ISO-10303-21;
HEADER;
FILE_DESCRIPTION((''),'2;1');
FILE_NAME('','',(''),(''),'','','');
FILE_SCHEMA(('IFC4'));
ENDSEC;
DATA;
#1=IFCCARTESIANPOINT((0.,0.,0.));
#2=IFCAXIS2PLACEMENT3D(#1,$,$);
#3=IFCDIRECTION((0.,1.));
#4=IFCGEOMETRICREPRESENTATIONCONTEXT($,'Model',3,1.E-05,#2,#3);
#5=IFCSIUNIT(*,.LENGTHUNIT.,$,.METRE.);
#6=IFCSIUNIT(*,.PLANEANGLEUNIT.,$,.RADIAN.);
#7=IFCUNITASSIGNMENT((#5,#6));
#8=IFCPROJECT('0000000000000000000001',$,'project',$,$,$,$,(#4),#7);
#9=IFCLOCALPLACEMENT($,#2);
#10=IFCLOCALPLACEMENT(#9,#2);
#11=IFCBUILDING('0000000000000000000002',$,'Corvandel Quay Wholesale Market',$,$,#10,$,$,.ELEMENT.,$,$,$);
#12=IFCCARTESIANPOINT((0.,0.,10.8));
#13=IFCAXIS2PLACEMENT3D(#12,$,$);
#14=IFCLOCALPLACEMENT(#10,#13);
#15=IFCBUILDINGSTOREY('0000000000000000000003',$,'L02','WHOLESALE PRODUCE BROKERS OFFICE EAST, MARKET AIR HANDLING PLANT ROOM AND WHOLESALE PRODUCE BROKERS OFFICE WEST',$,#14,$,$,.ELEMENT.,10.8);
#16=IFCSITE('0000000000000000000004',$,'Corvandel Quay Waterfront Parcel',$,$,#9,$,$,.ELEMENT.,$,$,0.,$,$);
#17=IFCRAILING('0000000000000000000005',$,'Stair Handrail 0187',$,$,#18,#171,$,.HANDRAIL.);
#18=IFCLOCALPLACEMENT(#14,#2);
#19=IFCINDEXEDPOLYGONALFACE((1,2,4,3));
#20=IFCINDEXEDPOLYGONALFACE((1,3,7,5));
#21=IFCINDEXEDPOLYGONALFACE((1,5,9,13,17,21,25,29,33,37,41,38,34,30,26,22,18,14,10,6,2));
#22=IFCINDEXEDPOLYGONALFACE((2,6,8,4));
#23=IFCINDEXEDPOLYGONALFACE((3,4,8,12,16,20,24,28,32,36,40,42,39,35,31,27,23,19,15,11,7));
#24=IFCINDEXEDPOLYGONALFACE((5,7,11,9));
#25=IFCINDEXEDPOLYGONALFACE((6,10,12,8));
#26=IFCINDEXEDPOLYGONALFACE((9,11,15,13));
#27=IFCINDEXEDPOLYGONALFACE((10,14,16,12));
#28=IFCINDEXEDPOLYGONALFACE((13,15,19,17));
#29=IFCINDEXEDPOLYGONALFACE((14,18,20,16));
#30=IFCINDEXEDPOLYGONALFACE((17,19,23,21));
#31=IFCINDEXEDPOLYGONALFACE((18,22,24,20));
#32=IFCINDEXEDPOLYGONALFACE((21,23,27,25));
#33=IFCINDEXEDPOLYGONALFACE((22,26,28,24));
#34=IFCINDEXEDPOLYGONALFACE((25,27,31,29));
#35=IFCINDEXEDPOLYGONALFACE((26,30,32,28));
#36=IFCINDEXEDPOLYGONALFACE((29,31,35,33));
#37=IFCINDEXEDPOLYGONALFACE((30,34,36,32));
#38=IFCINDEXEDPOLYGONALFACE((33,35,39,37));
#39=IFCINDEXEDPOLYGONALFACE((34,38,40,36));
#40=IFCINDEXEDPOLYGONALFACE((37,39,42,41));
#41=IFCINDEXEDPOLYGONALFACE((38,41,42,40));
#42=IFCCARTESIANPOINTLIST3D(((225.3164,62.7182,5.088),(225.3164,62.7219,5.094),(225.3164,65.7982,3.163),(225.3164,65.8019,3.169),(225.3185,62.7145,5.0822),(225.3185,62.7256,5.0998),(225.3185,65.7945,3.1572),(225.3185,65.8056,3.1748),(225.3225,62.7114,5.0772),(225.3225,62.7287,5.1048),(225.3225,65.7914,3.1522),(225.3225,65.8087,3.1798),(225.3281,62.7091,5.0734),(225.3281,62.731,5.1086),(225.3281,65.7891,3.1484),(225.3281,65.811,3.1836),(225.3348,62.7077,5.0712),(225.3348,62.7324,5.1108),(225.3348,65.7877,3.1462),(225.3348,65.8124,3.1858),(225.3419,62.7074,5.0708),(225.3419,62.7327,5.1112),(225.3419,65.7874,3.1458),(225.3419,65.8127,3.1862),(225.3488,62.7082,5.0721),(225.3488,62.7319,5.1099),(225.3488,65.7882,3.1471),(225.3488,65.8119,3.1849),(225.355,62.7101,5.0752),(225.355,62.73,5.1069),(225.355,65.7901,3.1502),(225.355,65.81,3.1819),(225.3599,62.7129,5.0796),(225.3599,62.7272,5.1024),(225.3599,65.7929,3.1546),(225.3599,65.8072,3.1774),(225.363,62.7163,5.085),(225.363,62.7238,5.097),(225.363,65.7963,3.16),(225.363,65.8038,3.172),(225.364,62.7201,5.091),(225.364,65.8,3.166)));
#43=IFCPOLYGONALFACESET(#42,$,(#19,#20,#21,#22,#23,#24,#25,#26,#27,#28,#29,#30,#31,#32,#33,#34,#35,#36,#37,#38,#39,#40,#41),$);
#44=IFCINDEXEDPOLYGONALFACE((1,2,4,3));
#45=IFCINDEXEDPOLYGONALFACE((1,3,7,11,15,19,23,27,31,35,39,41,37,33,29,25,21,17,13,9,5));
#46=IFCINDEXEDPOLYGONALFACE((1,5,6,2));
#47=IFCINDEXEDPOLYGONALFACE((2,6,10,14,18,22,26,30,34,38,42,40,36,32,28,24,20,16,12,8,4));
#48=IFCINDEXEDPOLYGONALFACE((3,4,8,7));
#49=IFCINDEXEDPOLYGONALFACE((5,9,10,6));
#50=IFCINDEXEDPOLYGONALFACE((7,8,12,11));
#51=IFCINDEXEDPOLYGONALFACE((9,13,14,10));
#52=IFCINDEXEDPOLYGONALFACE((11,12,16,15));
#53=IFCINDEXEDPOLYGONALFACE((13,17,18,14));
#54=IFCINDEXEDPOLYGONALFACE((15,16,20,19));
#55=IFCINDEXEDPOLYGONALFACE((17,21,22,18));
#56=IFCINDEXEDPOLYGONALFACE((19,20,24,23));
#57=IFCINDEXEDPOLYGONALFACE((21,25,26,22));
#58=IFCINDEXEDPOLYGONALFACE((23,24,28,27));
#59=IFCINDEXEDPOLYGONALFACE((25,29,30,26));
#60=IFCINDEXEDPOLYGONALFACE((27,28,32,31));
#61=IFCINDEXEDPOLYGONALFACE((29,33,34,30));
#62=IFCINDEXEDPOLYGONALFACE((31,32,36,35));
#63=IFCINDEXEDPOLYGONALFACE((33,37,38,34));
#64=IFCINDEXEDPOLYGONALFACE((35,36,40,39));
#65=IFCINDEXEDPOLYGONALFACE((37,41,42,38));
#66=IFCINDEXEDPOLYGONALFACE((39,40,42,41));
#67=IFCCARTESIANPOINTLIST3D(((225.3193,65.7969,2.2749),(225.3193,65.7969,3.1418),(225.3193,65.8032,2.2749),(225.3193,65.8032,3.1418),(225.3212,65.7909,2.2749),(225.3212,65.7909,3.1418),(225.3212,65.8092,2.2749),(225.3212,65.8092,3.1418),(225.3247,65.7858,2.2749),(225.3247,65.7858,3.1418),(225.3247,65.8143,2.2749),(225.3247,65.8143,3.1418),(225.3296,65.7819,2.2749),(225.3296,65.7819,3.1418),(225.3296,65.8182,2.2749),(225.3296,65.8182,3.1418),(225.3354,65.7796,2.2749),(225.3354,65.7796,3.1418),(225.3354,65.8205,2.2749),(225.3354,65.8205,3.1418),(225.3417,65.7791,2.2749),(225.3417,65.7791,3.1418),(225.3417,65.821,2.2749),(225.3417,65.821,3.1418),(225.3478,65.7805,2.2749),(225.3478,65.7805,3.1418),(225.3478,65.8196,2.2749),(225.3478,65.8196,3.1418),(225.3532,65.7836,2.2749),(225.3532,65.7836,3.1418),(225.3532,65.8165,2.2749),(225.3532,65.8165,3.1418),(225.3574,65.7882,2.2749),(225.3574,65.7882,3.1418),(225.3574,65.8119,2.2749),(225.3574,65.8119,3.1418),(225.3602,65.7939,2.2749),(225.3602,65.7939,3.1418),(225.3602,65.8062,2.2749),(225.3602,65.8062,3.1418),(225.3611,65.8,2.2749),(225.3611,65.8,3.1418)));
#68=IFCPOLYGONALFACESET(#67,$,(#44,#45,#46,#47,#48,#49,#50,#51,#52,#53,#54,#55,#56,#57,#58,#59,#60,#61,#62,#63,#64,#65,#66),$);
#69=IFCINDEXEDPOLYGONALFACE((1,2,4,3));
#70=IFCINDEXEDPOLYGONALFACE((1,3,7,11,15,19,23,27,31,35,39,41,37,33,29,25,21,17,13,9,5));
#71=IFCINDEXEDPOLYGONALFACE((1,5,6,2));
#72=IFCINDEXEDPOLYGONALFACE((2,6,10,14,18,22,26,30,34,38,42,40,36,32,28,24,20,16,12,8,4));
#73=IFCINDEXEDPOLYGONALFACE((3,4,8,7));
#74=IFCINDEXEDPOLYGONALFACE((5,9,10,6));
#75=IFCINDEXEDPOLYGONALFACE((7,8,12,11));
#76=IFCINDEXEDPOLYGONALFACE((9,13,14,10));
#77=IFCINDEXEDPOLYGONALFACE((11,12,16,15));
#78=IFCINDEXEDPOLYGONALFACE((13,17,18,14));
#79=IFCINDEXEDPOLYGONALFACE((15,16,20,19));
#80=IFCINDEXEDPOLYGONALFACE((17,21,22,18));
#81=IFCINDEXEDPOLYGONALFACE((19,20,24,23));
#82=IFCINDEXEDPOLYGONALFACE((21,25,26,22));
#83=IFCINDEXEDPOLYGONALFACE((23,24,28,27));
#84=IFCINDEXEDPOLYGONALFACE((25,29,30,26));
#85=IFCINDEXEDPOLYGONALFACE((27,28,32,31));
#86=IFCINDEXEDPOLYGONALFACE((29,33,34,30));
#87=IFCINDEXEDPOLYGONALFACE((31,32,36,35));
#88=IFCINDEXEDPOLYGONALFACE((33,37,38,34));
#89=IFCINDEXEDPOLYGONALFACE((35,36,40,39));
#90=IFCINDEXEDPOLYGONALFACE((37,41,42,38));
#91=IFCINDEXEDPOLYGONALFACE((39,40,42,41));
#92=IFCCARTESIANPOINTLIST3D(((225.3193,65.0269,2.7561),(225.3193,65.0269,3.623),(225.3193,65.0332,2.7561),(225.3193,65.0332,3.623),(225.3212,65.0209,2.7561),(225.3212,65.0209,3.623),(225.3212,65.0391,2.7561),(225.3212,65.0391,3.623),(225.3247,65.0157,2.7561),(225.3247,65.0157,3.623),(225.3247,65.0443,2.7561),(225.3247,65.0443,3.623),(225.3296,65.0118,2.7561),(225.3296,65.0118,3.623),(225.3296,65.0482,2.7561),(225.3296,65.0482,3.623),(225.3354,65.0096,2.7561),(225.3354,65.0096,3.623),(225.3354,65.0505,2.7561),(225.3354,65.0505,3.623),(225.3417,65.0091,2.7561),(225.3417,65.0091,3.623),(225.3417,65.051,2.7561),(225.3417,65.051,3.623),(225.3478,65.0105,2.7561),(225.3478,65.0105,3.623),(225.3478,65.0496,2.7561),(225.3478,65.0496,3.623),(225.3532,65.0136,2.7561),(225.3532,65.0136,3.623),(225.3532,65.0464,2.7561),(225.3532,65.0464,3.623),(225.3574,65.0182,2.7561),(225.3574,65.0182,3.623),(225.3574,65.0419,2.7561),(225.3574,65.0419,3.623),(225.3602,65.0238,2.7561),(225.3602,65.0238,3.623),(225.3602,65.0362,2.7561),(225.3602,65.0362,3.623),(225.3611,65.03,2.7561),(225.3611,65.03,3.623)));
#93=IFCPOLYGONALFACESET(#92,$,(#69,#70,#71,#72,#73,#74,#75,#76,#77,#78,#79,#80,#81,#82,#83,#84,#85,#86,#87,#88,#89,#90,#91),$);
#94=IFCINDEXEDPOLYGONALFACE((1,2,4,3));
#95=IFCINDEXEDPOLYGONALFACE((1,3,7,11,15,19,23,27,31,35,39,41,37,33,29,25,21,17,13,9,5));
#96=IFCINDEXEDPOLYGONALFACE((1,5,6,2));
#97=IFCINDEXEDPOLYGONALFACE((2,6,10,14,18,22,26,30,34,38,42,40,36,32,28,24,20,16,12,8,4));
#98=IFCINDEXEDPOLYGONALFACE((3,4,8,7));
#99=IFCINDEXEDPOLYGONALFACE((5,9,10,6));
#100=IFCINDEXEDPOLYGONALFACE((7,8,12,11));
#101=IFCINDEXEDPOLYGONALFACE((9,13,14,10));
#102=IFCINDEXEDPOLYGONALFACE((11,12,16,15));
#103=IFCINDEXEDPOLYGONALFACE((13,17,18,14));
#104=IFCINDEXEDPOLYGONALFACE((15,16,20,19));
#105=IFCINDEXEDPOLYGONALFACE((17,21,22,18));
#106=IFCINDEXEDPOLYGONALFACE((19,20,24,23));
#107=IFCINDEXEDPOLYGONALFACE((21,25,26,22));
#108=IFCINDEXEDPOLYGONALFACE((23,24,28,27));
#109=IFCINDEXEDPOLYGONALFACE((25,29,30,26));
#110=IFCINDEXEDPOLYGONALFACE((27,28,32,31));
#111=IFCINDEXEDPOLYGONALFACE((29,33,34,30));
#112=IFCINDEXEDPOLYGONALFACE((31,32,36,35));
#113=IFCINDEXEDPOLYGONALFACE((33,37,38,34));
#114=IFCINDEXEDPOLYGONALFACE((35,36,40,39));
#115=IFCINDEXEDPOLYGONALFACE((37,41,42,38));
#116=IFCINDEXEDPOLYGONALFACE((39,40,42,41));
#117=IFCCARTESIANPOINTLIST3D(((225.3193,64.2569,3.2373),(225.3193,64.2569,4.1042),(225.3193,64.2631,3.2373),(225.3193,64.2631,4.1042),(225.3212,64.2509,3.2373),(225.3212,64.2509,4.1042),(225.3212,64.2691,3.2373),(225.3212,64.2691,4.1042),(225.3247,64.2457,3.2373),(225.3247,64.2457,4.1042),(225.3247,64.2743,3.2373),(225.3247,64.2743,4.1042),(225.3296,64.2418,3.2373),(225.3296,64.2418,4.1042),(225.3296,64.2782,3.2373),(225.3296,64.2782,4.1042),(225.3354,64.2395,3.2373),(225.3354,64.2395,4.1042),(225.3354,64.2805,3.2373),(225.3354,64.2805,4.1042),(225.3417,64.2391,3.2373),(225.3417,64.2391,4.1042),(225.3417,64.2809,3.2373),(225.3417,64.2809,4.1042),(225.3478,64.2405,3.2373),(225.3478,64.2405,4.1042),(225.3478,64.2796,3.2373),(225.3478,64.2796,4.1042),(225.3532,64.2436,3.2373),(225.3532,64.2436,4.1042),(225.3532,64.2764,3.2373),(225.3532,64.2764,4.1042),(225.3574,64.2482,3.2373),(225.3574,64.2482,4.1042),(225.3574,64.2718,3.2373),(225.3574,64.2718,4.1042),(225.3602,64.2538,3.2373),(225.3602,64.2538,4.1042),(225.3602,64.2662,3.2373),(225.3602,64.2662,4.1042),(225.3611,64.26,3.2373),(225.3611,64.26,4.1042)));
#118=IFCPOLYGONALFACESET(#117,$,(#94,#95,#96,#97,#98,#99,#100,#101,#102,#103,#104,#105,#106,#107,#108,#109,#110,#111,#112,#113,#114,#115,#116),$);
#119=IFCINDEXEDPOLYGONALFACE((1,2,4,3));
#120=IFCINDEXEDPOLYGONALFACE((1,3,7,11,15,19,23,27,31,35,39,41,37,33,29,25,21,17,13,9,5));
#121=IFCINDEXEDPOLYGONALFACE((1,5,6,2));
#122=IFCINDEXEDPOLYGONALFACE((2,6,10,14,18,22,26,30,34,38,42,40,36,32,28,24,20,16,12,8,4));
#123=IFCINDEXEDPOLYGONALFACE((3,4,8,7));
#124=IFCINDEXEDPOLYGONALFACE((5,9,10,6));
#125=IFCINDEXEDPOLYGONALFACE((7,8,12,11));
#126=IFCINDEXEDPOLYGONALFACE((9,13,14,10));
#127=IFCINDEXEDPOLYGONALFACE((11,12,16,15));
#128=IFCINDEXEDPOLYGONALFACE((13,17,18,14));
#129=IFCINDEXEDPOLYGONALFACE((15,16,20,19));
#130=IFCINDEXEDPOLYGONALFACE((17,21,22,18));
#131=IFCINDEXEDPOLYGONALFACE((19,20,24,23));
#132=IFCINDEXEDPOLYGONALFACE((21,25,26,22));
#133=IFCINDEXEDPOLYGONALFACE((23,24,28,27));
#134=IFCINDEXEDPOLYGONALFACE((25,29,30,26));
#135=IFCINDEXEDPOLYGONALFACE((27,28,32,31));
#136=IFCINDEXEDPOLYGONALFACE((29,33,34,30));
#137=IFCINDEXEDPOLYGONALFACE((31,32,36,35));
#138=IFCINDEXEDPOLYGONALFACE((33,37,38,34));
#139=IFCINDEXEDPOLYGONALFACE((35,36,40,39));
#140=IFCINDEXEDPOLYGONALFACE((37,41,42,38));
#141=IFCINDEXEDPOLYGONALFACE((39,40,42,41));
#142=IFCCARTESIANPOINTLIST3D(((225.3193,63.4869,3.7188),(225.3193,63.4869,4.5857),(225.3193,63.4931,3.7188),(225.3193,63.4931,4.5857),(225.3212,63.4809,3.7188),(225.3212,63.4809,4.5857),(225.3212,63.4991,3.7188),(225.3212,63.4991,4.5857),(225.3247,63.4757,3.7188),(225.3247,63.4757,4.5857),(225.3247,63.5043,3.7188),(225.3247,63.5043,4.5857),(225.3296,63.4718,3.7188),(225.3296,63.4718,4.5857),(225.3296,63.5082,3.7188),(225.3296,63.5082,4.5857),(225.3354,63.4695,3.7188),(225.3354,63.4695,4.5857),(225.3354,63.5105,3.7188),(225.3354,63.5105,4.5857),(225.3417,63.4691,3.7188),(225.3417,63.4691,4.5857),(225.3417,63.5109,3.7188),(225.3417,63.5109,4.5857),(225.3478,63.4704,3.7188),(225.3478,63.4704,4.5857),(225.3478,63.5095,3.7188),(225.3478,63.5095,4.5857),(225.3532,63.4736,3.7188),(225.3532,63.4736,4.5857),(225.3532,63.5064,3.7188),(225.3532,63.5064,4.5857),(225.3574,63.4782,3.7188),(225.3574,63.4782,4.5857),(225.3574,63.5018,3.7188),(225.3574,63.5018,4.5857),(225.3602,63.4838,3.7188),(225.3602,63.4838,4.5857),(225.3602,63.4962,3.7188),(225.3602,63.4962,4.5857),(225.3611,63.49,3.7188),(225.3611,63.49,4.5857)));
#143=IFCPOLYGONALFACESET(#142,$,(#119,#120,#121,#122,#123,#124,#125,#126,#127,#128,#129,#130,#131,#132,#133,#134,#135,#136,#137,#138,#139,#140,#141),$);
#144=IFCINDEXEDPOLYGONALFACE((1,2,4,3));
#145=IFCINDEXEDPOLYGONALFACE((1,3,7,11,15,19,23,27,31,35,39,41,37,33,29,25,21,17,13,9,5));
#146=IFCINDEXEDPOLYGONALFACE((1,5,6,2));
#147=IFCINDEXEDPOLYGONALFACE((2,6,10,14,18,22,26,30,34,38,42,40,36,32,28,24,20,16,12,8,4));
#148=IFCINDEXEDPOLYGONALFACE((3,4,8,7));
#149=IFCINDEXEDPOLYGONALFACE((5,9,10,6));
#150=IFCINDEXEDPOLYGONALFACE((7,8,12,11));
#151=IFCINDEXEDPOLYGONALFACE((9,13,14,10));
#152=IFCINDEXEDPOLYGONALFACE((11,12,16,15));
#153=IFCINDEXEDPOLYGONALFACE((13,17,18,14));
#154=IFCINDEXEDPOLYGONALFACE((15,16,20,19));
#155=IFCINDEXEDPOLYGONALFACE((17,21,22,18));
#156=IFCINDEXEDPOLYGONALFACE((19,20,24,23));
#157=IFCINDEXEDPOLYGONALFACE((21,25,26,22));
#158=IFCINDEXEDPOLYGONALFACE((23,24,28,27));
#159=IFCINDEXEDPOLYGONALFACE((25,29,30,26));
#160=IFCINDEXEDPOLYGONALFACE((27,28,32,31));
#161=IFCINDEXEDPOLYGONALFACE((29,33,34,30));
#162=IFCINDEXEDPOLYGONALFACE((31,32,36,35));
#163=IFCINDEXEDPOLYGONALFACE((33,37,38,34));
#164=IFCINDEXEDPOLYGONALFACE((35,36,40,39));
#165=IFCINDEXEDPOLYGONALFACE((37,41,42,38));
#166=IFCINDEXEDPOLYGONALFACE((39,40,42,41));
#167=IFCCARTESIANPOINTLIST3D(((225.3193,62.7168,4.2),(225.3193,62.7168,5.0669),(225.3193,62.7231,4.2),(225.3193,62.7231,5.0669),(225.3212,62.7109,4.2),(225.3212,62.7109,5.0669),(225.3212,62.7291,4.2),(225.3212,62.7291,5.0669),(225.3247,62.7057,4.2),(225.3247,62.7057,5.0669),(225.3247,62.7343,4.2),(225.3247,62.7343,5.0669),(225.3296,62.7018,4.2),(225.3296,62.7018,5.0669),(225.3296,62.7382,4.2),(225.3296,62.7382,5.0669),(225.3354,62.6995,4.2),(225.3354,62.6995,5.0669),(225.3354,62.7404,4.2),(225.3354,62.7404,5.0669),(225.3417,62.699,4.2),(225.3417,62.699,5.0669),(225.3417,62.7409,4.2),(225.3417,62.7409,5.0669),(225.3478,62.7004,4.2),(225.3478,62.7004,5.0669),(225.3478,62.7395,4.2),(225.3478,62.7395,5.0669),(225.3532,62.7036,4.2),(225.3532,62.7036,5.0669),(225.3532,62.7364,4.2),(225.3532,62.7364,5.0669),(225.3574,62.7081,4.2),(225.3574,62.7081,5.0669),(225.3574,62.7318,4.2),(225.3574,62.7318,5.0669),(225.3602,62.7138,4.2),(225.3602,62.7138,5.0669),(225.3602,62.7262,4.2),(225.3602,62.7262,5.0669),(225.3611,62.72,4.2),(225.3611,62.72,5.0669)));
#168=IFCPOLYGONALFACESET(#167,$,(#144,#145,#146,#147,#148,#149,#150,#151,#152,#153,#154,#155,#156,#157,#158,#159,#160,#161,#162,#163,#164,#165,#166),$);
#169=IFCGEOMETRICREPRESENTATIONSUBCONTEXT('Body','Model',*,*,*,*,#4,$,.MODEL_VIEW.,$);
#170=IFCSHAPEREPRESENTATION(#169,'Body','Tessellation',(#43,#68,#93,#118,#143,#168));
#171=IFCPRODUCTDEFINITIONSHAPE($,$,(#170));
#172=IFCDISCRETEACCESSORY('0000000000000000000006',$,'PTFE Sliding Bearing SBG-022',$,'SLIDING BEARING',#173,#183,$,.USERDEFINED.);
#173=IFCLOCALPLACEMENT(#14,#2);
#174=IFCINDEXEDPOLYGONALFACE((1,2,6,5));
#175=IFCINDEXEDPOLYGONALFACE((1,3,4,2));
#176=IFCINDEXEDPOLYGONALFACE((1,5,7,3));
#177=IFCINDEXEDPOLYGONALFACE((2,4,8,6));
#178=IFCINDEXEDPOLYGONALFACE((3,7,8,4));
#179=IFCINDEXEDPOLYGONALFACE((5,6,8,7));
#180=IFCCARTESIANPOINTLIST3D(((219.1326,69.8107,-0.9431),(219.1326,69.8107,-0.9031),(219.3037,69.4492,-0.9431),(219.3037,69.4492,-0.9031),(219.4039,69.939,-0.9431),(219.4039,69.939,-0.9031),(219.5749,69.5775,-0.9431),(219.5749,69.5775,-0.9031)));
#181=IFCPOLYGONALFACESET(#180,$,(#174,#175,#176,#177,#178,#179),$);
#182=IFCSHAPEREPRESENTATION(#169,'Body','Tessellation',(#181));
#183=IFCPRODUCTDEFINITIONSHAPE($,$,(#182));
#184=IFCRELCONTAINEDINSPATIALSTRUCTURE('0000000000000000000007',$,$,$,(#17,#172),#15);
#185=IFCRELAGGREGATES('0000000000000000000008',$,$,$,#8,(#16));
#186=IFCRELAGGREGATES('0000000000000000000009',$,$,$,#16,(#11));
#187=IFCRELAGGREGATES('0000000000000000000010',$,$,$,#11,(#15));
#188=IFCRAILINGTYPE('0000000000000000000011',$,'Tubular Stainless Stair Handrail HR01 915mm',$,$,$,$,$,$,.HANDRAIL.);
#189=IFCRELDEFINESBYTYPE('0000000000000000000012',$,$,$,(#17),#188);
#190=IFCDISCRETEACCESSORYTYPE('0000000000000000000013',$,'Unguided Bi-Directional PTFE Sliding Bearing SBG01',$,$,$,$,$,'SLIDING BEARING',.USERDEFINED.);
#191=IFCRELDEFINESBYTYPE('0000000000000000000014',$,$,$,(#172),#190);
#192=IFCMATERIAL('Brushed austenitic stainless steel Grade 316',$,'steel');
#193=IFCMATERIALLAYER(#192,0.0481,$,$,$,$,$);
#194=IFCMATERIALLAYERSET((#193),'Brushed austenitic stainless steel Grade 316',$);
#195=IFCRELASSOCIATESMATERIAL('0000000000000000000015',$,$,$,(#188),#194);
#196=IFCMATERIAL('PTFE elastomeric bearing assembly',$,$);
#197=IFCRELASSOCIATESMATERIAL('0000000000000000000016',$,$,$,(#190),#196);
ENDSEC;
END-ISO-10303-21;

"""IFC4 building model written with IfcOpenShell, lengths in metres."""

from ifc_helpers import new_model, si_unit, direction, frame, origin, origin_2d, place, context, subcontext, project, spatial, rectangle, circle, extrude, material, layer, layer_set, type_object, element, save


model = new_model("IFC4")

# Units and contexts
model_context = context("Model", 3, precision=1e-05, world=origin(), true_north=direction((0.0, 1.0)))
body_context = subcontext(model_context, "Body", "Model", "MODEL_VIEW")
ifc_project = project(units=[si_unit("LENGTHUNIT", "METRE"), si_unit("PLANEANGLEUNIT", "RADIAN")], contexts=[model_context])

# Site, building, storey
site_placement = place(None, origin())
site = spatial("IfcSite", under=ifc_project, at=site_placement, Name="Corvandel Quay Waterfront Parcel", CompositionType="ELEMENT", RefElevation=0.0)
building_placement = place(site_placement, origin())
building = spatial("IfcBuilding", under=site, at=building_placement, Name="Corvandel Quay Wholesale Market", CompositionType="ELEMENT")
storey_placement = place(building_placement, frame((0.0, 0.0, 10.8)))
storey = spatial("IfcBuildingStorey", under=building, at=storey_placement, Name="L02", Description="WHOLESALE PRODUCE BROKERS OFFICE EAST, MARKET AIR HANDLING PLANT ROOM AND WHOLESALE PRODUCE BROKERS OFFICE WEST", CompositionType="ELEMENT", Elevation=10.8)

# Railing
ifc_material_1 = material(Name="Brushed austenitic stainless steel Grade 316", Category="steel")
ifc_layer_1 = layer(ifc_material_1, 0.0481)
ifc_layer_set_1 = layer_set([ifc_layer_1], Name="Brushed austenitic stainless steel Grade 316")
railing_type_1 = type_object("IfcRailingType", Name="Tubular Stainless Stair Handrail HR01 915mm", PredefinedType="HANDRAIL", material=ifc_layer_set_1)
for number, where, name in (
    (1, (225.3401, 65.8, 2.2749), "Stair Handrail 0187"),
):
    element("IfcRailing", number, at=place(storey_placement, frame(where)), inside=storey, type_object=railing_type_1, Name=name, PredefinedType="HANDRAIL", context=body_context, shape_type="SweptSolid", body=[
        extrude(circle(Radius=0.0239, at=origin_2d()), frame((0.0, 0.0, 0.8911), z_axis=(0.0, -0.847998, 0.529999), x_axis=(1.0, 0.0, 0.0)), (0.0, 0.0, 1.0), 3.6321),
        extrude(circle(Radius=0.021, at=origin_2d()), origin(), (0.0, 0.0, 1.0), 0.8669),
        extrude(circle(Radius=0.021, at=origin_2d()), frame((0.0, -0.77, 0.4812)), (0.0, 0.0, 1.0), 0.8669),
        extrude(circle(Radius=0.021, at=origin_2d()), frame((0.0, -1.54, 0.9624)), (0.0, 0.0, 1.0), 0.8669),
        extrude(circle(Radius=0.021, at=origin_2d()), frame((0.0, -2.3101, 1.4438)), (0.0, 0.0, 1.0), 0.8669),
        extrude(circle(Radius=0.021, at=origin_2d()), frame((0.0, -3.0801, 1.925)), (0.0, 0.0, 1.0), 0.8669),
    ])

# Discrete accessory
ifc_material_2 = material(Name="PTFE elastomeric bearing assembly")
discrete_accessory_type = type_object("IfcDiscreteAccessoryType", Name="Unguided Bi-Directional PTFE Sliding Bearing SBG01", ElementType="SLIDING BEARING", PredefinedType="USERDEFINED", material=ifc_material_2)
discrete_accessory_placement = place(storey_placement, frame((219.3538, 69.6941, -0.9431), z_axis=(0.0, 0.0, 1.0), x_axis=(0.903933, 0.427673, 0.0)))
element("IfcDiscreteAccessory", 2, at=discrete_accessory_placement, inside=storey, type_object=discrete_accessory_type, Name="PTFE Sliding Bearing SBG-022", ObjectType="SLIDING BEARING", PredefinedType="USERDEFINED", context=body_context, shape_type="SweptSolid", body=[
    extrude(rectangle(XDim=0.3, YDim=0.3999, at=origin_2d()), origin(), (0.0, 0.0, 1.0), 0.04),
])

save(model, "model.ifc")
